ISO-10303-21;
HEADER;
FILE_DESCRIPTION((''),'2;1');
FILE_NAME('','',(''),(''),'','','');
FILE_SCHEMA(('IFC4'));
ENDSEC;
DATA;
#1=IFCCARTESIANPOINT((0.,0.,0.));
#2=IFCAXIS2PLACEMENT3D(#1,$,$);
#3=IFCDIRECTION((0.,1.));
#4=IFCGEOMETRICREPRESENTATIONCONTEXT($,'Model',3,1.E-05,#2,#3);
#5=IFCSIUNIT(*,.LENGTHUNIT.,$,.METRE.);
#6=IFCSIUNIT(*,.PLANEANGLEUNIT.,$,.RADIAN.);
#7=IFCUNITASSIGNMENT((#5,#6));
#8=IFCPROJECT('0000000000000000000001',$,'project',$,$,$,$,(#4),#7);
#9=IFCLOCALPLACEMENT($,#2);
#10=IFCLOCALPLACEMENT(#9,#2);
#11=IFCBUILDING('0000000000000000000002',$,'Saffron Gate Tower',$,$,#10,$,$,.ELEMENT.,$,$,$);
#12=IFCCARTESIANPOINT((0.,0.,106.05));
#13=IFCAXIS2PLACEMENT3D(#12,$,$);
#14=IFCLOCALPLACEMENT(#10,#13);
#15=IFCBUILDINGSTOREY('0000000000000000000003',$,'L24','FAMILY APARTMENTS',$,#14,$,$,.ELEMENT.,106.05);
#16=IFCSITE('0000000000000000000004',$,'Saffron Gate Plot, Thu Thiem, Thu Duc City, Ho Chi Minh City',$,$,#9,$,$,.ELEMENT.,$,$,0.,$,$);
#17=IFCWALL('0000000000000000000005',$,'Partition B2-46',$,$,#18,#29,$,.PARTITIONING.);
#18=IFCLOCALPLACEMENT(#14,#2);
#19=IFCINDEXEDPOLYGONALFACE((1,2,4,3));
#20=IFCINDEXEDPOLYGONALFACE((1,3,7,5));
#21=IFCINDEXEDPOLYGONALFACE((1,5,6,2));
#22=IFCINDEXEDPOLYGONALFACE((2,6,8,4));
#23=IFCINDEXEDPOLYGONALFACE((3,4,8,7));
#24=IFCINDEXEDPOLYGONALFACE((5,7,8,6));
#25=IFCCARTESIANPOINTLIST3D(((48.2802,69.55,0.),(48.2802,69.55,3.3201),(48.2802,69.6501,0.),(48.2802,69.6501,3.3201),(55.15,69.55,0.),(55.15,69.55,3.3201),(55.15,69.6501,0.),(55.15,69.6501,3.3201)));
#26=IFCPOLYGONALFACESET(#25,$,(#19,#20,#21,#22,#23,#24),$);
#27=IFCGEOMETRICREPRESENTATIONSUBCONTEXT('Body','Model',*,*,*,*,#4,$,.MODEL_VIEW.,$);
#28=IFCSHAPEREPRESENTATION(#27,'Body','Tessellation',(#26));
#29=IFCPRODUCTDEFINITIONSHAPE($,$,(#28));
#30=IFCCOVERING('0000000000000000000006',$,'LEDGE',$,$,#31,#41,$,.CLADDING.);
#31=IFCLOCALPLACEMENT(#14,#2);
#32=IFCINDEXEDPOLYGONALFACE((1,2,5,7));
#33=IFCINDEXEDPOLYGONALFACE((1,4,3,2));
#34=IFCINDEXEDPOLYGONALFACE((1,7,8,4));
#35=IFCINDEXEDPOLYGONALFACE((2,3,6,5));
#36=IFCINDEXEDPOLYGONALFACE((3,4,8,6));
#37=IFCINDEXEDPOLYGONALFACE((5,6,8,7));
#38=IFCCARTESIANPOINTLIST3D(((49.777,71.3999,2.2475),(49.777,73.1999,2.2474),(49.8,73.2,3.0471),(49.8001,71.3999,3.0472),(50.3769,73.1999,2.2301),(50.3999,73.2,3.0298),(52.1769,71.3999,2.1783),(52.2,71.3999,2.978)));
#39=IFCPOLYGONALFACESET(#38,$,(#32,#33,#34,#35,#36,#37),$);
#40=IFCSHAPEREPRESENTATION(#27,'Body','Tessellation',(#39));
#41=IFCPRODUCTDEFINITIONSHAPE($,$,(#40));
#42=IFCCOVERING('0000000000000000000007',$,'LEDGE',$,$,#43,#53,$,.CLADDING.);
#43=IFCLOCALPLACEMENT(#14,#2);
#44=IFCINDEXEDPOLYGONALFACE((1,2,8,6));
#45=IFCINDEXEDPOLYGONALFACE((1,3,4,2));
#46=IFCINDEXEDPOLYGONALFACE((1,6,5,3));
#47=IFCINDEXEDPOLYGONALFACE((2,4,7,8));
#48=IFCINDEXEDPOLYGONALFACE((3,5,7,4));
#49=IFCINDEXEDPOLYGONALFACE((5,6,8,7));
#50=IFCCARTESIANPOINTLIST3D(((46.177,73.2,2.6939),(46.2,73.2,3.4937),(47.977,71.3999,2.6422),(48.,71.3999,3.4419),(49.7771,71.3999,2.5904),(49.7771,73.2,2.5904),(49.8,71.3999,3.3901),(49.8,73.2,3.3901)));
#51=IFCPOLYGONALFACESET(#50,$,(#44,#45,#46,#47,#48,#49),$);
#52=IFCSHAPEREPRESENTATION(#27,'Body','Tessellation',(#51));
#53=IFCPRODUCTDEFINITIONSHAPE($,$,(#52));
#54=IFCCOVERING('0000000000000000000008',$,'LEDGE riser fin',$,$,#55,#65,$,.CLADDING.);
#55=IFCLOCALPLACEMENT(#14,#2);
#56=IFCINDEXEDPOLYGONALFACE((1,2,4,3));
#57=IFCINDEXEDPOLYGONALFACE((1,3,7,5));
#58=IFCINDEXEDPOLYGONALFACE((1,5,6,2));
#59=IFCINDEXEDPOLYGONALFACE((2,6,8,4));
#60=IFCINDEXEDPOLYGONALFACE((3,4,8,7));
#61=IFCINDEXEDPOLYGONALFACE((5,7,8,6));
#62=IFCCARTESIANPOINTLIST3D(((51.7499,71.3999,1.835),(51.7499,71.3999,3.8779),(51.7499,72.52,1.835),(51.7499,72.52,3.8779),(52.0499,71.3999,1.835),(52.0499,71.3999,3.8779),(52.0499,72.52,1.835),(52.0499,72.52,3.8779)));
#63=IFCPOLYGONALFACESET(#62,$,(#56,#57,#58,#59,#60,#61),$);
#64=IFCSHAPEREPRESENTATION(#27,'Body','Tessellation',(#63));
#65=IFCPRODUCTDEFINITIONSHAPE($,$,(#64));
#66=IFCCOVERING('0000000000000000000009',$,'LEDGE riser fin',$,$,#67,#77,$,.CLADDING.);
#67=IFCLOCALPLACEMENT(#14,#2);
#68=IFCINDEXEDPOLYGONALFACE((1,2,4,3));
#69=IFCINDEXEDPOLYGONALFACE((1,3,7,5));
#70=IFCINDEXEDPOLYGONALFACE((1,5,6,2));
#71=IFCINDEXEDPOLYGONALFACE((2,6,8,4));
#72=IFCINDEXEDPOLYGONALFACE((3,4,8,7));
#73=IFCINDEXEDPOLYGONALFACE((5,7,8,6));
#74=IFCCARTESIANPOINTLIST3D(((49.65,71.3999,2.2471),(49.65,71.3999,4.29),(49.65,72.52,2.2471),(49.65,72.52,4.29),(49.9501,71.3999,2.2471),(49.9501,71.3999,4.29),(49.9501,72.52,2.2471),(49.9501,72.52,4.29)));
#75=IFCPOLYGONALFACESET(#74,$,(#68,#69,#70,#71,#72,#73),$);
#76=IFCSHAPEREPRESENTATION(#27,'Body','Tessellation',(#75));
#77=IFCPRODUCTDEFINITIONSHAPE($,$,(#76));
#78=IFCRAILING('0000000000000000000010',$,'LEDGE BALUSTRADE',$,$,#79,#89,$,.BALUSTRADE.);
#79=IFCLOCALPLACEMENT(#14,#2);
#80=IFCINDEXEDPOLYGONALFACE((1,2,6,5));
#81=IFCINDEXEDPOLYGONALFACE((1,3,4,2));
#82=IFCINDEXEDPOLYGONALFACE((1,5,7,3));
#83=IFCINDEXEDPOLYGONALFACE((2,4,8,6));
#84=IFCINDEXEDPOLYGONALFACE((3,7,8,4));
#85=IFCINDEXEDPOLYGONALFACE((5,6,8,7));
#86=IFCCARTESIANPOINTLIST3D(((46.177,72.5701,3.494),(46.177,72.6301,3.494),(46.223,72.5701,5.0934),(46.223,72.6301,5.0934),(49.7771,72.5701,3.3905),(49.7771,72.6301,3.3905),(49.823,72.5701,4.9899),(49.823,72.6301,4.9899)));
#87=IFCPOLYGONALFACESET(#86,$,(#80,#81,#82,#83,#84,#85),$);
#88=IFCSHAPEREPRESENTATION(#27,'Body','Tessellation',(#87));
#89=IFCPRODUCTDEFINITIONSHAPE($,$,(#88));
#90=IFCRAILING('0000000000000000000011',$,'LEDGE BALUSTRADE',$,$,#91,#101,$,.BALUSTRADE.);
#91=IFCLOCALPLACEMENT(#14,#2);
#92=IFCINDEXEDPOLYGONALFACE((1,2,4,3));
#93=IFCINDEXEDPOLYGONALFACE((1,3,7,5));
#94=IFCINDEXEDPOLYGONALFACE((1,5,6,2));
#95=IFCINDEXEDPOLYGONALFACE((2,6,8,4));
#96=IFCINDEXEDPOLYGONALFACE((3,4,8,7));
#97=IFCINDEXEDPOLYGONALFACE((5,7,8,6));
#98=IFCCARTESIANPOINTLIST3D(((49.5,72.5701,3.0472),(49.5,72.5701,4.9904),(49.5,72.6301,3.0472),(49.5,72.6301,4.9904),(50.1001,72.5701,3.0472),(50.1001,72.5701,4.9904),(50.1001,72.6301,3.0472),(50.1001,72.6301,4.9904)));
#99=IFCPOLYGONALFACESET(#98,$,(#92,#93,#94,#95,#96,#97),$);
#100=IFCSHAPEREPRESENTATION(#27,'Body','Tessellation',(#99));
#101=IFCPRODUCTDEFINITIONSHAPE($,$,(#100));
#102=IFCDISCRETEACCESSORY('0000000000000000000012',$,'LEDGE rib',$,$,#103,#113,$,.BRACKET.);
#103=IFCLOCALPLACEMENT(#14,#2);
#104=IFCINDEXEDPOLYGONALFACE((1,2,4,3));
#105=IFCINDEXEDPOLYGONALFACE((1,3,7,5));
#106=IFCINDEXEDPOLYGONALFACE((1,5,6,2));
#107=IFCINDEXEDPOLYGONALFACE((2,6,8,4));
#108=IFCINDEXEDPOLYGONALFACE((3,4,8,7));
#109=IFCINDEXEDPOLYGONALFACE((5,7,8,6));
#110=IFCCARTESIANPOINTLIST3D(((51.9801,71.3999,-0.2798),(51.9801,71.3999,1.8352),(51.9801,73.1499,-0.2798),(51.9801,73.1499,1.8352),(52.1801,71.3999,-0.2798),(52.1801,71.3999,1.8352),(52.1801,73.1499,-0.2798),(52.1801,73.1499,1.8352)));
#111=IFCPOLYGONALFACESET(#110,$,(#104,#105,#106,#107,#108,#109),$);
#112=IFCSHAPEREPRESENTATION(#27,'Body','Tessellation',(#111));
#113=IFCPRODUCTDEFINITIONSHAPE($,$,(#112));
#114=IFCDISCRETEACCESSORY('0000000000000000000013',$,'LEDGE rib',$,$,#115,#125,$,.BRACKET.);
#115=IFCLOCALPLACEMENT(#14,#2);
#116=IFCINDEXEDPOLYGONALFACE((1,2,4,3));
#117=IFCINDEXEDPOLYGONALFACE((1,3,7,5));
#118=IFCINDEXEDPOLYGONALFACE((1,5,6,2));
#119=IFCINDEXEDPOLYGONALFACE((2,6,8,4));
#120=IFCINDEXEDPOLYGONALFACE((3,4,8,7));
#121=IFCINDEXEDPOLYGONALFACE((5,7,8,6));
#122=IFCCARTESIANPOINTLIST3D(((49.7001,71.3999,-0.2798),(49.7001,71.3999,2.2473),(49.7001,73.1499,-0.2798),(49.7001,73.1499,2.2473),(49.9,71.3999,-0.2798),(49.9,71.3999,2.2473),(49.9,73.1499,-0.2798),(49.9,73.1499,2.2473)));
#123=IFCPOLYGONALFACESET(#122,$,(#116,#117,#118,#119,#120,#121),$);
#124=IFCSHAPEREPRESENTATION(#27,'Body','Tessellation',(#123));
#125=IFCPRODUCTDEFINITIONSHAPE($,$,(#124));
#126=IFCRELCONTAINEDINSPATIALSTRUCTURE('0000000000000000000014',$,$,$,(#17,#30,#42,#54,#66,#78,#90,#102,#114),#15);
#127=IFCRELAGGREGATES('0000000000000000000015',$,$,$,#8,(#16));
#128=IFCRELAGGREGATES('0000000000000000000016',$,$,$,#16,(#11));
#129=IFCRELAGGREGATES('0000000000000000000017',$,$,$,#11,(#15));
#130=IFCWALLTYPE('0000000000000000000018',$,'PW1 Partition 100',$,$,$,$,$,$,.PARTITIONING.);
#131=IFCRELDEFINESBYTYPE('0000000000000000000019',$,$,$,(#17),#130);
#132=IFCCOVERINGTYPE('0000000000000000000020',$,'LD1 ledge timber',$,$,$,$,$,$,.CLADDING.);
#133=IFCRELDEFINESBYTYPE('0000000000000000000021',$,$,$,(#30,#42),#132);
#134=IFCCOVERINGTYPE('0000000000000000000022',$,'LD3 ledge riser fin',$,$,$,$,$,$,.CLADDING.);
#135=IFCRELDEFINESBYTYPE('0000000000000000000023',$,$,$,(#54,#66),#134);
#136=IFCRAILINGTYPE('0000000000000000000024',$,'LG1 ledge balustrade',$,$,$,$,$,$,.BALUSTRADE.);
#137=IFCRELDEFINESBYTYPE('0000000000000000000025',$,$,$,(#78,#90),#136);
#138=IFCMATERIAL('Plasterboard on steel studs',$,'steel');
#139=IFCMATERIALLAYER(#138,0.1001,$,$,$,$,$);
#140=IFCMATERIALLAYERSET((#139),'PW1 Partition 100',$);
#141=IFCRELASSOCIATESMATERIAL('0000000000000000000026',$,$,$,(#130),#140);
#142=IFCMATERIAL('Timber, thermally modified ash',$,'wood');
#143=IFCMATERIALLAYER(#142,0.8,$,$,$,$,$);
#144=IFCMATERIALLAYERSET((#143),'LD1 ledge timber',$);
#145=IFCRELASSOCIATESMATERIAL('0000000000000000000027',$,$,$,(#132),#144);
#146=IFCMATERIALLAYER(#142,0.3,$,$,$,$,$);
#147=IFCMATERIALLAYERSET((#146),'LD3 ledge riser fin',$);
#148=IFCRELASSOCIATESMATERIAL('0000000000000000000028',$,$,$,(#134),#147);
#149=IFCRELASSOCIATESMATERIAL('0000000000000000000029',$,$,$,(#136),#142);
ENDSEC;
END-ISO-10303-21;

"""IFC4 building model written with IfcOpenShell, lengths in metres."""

from ifc_helpers import new_model, si_unit, direction, frame, frame_2d, origin, origin_2d, place, context, subcontext, project, spatial, polyline, rectangle, outline, extrude, material, layer, layer_set, type_object, element, save


model = new_model("IFC4")

# Units and contexts
model_context = context("Model", 3, precision=1e-05, world=origin(), true_north=direction((0.0, 1.0)))
body_context = subcontext(model_context, "Body", "Model", "MODEL_VIEW")
ifc_project = project(units=[si_unit("LENGTHUNIT", "METRE"), si_unit("PLANEANGLEUNIT", "RADIAN")], contexts=[model_context])

# Site, building, storey
site_placement = place(None, origin())
site = spatial("IfcSite", under=ifc_project, at=site_placement, Name="Saffron Gate Plot, Thu Thiem, Thu Duc City, Ho Chi Minh City", CompositionType="ELEMENT", RefElevation=0.0)
building_placement = place(site_placement, origin())
building = spatial("IfcBuilding", under=site, at=building_placement, Name="Saffron Gate Tower", CompositionType="ELEMENT")
storey_placement = place(building_placement, frame((0.0, 0.0, 106.05)))
storey = spatial("IfcBuildingStorey", under=building, at=storey_placement, Name="L24", Description="FAMILY APARTMENTS", CompositionType="ELEMENT", Elevation=106.05)

# Wall
ifc_material_1 = material(Name="Plasterboard on steel studs", Category="steel")
ifc_layer_1 = layer(ifc_material_1, 0.1001)
ifc_layer_set_1 = layer_set([ifc_layer_1], Name="PW1 Partition 100")
wall_type = type_object("IfcWallType", Name="PW1 Partition 100", PredefinedType="PARTITIONING", material=ifc_layer_set_1)
wall_placement = place(storey_placement, frame((48.28, 69.6001, 0.0), z_axis=(0.0, 0.0, 1.0), x_axis=(1.0, 0.0, 0.0)))
element("IfcWall", 1, at=wall_placement, inside=storey, type_object=wall_type, Name="Partition B2-46", PredefinedType="PARTITIONING", context=body_context, shape_type="SweptSolid", body=[
    extrude(rectangle(XDim=6.8699, YDim=0.1001, at=frame_2d((3.4351, 0.0))), origin(), (0.0, 0.0, 1.0), 3.3201),
])

# Coverings
ifc_material_2 = material(Name="Timber, thermally modified ash", Category="wood")
ifc_layer_2 = layer(ifc_material_2, 0.8)
ifc_layer_set_2 = layer_set([ifc_layer_2], Name="LD1 ledge timber")
covering_type_1 = type_object("IfcCoveringType", Name="LD1 ledge timber", PredefinedType="CLADDING", material=ifc_layer_set_2)
covering_1_placement = place(storey_placement, frame((52.2, 71.3999, 2.978), z_axis=(0.028799, 0.000029, 0.999585), x_axis=(-0.999585, 0.0, 0.028799)))
element("IfcCovering", 2, at=covering_1_placement, inside=storey, type_object=covering_type_1, Name="LEDGE", PredefinedType="CLADDING", context=body_context, shape_type="SweptSolid", body=[
    extrude(outline(polyline([(0.0, 0.0), (2.4009, 0.0), (2.4009, -1.8), (1.8008, -1.8), (0.0, 0.0)])), origin(), (0.0, 0.0, -1.0), 0.8),
])
covering_2_placement = place(storey_placement, frame((49.8, 71.3999, 3.3901), z_axis=(0.028742, 0.0, 0.999587), x_axis=(-0.999587, 0.0, 0.028742)))
element("IfcCovering", 3, at=covering_2_placement, inside=storey, type_object=covering_type_1, Name="LEDGE", PredefinedType="CLADDING", context=body_context, shape_type="SweptSolid", body=[
    extrude(outline(polyline([(0.0, 0.0), (1.8008, 0.0), (3.6016, -1.8), (0.0, -1.8), (0.0, 0.0)])), origin(), (0.0, 0.0, -1.0), 0.8),
])
ifc_layer_3 = layer(ifc_material_2, 0.3)
ifc_layer_set_3 = layer_set([ifc_layer_3], Name="LD3 ledge riser fin")
covering_type_2 = type_object("IfcCoveringType", Name="LD3 ledge riser fin", PredefinedType="CLADDING", material=ifc_layer_set_3)
for number, where, z_axis, x_axis, name in (
    (4, (51.8999, 71.96, 1.835), (0.0, 0.0, 1.0), (-1.0, 0.0, 0.0), "LEDGE riser fin"),
    (5, (49.8, 71.96, 2.2471), (0.0, 0.0, 1.0), (-1.0, 0.0, 0.0), "LEDGE riser fin"),
):
    element("IfcCovering", number, at=place(storey_placement, frame(where, z_axis=z_axis, x_axis=x_axis)), inside=storey, type_object=covering_type_2, Name=name, PredefinedType="CLADDING", context=body_context, shape_type="SweptSolid", body=[
        extrude(rectangle(XDim=0.3, YDim=1.1201, at=origin_2d()), origin(), (0.0, 0.0, 1.0), 2.043),
    ])

# Railings
railing_type = type_object("IfcRailingType", Name="LG1 ledge balustrade", PredefinedType="BALUSTRADE", material=ifc_material_2)
railing_1_placement = place(storey_placement, frame((49.8, 72.6001, 3.3901)))
element("IfcRailing", 6, at=railing_1_placement, inside=storey, type_object=railing_type, Name="LEDGE BALUSTRADE", PredefinedType="BALUSTRADE", context=body_context, shape_type="SweptSolid", body=[
    extrude(rectangle(XDim=0.0601, YDim=1.6001, at=origin_2d()), frame((0.0, 0.0, 0.8), z_axis=(-0.999587, 0.0, 0.028742), x_axis=(0.0, -1.0, 0.0)), (0.0, 0.0, 1.0), 3.6016),
])
railing_2_placement = place(storey_placement, frame((50.1001, 72.6001, 3.0471)))
element("IfcRailing", 7, at=railing_2_placement, inside=storey, type_object=railing_type, Name="LEDGE BALUSTRADE", PredefinedType="BALUSTRADE", context=body_context, shape_type="SweptSolid", body=[
    extrude(rectangle(XDim=0.0601, YDim=1.9431, at=origin_2d()), frame((0.0, 0.0, 0.9717), z_axis=(-1.0, 0.0, 0.0), x_axis=(0.0, -1.0, 0.0)), (0.0, 0.0, 1.0), 0.6001),
])

# Discrete accessories
discrete_accessory_1_placement = place(storey_placement, frame((52.0801, 72.2749, -0.2798), z_axis=(0.0, 0.0, 1.0), x_axis=(-1.0, 0.0, 0.0)))
element("IfcDiscreteAccessory", 8, at=discrete_accessory_1_placement, inside=storey, Name="LEDGE rib", PredefinedType="BRACKET", context=body_context, shape_type="SweptSolid", body=[
    extrude(rectangle(XDim=0.2, YDim=1.75, at=origin_2d()), origin(), (0.0, 0.0, 1.0), 2.115),
])
discrete_accessory_2_placement = place(storey_placement, frame((49.8, 72.2749, -0.2798), z_axis=(0.0, 0.0, 1.0), x_axis=(-1.0, 0.0, 0.0)))
element("IfcDiscreteAccessory", 9, at=discrete_accessory_2_placement, inside=storey, Name="LEDGE rib", PredefinedType="BRACKET", context=body_context, shape_type="SweptSolid", body=[
    extrude(rectangle(XDim=0.2, YDim=1.75, at=origin_2d()), origin(), (0.0, 0.0, 1.0), 2.5271),
])

save(model, "model.ifc")
